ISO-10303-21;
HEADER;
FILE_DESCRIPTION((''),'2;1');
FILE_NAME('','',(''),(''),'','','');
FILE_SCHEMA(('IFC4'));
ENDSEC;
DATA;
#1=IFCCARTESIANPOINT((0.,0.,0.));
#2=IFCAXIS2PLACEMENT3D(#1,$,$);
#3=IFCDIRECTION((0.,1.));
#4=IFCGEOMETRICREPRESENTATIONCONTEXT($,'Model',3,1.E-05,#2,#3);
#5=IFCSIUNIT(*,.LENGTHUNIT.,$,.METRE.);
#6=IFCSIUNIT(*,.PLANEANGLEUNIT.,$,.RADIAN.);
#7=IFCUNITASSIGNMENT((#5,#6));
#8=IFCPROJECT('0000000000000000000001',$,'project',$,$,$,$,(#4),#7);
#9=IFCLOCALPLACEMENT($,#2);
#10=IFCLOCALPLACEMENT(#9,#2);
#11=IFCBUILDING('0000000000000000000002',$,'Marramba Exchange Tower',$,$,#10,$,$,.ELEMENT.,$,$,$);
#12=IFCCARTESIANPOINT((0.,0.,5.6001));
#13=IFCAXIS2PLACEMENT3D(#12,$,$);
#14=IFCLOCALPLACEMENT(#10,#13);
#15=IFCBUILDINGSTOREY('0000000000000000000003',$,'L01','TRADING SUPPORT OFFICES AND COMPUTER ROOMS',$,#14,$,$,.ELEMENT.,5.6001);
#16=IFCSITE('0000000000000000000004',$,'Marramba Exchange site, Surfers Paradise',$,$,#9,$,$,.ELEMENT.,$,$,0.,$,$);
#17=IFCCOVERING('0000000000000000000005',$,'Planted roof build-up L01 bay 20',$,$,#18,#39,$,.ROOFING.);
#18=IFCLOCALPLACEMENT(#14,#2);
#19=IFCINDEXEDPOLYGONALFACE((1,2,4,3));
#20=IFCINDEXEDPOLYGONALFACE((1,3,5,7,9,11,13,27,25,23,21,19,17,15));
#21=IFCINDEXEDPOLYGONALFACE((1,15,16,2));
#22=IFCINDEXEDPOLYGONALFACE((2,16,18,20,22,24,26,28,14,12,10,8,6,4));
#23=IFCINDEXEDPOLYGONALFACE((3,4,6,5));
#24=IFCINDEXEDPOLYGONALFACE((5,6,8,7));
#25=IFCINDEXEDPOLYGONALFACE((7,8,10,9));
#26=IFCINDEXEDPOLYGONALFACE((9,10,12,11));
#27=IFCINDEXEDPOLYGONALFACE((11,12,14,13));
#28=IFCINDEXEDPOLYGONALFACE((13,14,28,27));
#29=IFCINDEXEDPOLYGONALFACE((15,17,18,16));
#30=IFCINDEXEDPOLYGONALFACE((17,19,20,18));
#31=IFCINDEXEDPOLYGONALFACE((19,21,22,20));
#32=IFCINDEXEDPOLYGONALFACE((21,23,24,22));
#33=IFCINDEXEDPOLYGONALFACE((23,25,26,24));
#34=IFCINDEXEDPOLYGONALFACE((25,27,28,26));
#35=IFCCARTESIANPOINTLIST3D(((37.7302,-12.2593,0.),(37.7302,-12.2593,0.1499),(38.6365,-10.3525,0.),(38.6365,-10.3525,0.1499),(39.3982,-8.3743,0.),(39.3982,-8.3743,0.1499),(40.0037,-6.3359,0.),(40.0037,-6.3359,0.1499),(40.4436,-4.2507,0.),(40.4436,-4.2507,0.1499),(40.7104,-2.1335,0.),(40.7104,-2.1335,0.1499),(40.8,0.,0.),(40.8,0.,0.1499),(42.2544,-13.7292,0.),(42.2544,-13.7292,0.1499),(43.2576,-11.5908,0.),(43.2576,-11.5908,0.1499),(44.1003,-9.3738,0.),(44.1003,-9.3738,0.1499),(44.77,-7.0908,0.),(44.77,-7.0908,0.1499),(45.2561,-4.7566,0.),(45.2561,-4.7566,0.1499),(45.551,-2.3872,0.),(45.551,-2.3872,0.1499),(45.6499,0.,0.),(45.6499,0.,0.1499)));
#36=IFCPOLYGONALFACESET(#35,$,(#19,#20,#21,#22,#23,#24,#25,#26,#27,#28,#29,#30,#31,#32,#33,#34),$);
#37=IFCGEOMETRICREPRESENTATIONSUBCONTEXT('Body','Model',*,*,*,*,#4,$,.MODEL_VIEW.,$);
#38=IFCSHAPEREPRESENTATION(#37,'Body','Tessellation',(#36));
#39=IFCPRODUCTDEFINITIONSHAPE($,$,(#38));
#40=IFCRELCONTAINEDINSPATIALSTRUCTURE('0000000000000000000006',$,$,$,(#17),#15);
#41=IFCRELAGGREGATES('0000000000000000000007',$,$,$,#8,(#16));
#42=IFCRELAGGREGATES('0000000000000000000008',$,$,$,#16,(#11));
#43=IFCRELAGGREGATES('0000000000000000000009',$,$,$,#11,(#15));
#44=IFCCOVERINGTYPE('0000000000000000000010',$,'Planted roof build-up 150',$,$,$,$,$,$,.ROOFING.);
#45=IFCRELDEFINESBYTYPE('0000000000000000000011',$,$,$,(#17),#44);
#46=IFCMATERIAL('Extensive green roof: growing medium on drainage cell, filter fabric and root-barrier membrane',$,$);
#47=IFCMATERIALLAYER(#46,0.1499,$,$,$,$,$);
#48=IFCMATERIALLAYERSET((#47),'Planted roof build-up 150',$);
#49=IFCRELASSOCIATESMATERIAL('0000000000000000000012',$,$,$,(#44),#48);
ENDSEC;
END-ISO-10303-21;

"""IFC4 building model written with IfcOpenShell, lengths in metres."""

from ifc_helpers import new_model, si_unit, direction, frame, origin, place, context, subcontext, project, spatial, polyline, outline, extrude, material, layer, layer_set, type_object, element, save


model = new_model("IFC4")

# Units and contexts
model_context = context("Model", 3, precision=1e-05, world=origin(), true_north=direction((0.0, 1.0)))
body_context = subcontext(model_context, "Body", "Model", "MODEL_VIEW")
ifc_project = project(units=[si_unit("LENGTHUNIT", "METRE"), si_unit("PLANEANGLEUNIT", "RADIAN")], contexts=[model_context])

# Site, building, storey
site_placement = place(None, origin())
site = spatial("IfcSite", under=ifc_project, at=site_placement, Name="Marramba Exchange site, Surfers Paradise", CompositionType="ELEMENT", RefElevation=0.0)
building_placement = place(site_placement, origin())
building = spatial("IfcBuilding", under=site, at=building_placement, Name="Marramba Exchange Tower", CompositionType="ELEMENT")
storey_placement = place(building_placement, frame((0.0, 0.0, 5.6001)))
storey = spatial("IfcBuildingStorey", under=building, at=storey_placement, Name="L01", Description="TRADING SUPPORT OFFICES AND COMPUTER ROOMS", CompositionType="ELEMENT", Elevation=5.6001)

# Covering
ifc_material_1 = material(Name="Extensive green roof: growing medium on drainage cell, filter fabric and root-barrier membrane")
ifc_layer_1 = layer(ifc_material_1, 0.1499)
ifc_layer_set_1 = layer_set([ifc_layer_1], Name="Planted roof build-up 150")
covering_type = type_object("IfcCoveringType", Name="Planted roof build-up 150", PredefinedType="ROOFING", material=ifc_layer_set_1)
covering_1_placement = place(storey_placement, origin())
element("IfcCovering", 1, at=covering_1_placement, inside=storey, type_object=covering_type, Name="Planted roof build-up L01 bay 20", PredefinedType="ROOFING", context=body_context, shape_type="SweptSolid", body=[
    extrude(outline(polyline([(37.7302, -12.2593), (38.6365, -10.3525), (39.3982, -8.3743), (40.0037, -6.3359), (40.4436, -4.2507), (40.7104, -2.1335), (40.8, 0.0), (45.6499, 0.0), (45.551, -2.3872), (45.2561, -4.7566), (44.77, -7.0908), (44.1003, -9.3738), (43.2576, -11.5908), (42.2544, -13.7292), (37.7302, -12.2593)])), origin(), (0.0, 0.0, 1.0), 0.1499),
])

save(model, "model.ifc")
